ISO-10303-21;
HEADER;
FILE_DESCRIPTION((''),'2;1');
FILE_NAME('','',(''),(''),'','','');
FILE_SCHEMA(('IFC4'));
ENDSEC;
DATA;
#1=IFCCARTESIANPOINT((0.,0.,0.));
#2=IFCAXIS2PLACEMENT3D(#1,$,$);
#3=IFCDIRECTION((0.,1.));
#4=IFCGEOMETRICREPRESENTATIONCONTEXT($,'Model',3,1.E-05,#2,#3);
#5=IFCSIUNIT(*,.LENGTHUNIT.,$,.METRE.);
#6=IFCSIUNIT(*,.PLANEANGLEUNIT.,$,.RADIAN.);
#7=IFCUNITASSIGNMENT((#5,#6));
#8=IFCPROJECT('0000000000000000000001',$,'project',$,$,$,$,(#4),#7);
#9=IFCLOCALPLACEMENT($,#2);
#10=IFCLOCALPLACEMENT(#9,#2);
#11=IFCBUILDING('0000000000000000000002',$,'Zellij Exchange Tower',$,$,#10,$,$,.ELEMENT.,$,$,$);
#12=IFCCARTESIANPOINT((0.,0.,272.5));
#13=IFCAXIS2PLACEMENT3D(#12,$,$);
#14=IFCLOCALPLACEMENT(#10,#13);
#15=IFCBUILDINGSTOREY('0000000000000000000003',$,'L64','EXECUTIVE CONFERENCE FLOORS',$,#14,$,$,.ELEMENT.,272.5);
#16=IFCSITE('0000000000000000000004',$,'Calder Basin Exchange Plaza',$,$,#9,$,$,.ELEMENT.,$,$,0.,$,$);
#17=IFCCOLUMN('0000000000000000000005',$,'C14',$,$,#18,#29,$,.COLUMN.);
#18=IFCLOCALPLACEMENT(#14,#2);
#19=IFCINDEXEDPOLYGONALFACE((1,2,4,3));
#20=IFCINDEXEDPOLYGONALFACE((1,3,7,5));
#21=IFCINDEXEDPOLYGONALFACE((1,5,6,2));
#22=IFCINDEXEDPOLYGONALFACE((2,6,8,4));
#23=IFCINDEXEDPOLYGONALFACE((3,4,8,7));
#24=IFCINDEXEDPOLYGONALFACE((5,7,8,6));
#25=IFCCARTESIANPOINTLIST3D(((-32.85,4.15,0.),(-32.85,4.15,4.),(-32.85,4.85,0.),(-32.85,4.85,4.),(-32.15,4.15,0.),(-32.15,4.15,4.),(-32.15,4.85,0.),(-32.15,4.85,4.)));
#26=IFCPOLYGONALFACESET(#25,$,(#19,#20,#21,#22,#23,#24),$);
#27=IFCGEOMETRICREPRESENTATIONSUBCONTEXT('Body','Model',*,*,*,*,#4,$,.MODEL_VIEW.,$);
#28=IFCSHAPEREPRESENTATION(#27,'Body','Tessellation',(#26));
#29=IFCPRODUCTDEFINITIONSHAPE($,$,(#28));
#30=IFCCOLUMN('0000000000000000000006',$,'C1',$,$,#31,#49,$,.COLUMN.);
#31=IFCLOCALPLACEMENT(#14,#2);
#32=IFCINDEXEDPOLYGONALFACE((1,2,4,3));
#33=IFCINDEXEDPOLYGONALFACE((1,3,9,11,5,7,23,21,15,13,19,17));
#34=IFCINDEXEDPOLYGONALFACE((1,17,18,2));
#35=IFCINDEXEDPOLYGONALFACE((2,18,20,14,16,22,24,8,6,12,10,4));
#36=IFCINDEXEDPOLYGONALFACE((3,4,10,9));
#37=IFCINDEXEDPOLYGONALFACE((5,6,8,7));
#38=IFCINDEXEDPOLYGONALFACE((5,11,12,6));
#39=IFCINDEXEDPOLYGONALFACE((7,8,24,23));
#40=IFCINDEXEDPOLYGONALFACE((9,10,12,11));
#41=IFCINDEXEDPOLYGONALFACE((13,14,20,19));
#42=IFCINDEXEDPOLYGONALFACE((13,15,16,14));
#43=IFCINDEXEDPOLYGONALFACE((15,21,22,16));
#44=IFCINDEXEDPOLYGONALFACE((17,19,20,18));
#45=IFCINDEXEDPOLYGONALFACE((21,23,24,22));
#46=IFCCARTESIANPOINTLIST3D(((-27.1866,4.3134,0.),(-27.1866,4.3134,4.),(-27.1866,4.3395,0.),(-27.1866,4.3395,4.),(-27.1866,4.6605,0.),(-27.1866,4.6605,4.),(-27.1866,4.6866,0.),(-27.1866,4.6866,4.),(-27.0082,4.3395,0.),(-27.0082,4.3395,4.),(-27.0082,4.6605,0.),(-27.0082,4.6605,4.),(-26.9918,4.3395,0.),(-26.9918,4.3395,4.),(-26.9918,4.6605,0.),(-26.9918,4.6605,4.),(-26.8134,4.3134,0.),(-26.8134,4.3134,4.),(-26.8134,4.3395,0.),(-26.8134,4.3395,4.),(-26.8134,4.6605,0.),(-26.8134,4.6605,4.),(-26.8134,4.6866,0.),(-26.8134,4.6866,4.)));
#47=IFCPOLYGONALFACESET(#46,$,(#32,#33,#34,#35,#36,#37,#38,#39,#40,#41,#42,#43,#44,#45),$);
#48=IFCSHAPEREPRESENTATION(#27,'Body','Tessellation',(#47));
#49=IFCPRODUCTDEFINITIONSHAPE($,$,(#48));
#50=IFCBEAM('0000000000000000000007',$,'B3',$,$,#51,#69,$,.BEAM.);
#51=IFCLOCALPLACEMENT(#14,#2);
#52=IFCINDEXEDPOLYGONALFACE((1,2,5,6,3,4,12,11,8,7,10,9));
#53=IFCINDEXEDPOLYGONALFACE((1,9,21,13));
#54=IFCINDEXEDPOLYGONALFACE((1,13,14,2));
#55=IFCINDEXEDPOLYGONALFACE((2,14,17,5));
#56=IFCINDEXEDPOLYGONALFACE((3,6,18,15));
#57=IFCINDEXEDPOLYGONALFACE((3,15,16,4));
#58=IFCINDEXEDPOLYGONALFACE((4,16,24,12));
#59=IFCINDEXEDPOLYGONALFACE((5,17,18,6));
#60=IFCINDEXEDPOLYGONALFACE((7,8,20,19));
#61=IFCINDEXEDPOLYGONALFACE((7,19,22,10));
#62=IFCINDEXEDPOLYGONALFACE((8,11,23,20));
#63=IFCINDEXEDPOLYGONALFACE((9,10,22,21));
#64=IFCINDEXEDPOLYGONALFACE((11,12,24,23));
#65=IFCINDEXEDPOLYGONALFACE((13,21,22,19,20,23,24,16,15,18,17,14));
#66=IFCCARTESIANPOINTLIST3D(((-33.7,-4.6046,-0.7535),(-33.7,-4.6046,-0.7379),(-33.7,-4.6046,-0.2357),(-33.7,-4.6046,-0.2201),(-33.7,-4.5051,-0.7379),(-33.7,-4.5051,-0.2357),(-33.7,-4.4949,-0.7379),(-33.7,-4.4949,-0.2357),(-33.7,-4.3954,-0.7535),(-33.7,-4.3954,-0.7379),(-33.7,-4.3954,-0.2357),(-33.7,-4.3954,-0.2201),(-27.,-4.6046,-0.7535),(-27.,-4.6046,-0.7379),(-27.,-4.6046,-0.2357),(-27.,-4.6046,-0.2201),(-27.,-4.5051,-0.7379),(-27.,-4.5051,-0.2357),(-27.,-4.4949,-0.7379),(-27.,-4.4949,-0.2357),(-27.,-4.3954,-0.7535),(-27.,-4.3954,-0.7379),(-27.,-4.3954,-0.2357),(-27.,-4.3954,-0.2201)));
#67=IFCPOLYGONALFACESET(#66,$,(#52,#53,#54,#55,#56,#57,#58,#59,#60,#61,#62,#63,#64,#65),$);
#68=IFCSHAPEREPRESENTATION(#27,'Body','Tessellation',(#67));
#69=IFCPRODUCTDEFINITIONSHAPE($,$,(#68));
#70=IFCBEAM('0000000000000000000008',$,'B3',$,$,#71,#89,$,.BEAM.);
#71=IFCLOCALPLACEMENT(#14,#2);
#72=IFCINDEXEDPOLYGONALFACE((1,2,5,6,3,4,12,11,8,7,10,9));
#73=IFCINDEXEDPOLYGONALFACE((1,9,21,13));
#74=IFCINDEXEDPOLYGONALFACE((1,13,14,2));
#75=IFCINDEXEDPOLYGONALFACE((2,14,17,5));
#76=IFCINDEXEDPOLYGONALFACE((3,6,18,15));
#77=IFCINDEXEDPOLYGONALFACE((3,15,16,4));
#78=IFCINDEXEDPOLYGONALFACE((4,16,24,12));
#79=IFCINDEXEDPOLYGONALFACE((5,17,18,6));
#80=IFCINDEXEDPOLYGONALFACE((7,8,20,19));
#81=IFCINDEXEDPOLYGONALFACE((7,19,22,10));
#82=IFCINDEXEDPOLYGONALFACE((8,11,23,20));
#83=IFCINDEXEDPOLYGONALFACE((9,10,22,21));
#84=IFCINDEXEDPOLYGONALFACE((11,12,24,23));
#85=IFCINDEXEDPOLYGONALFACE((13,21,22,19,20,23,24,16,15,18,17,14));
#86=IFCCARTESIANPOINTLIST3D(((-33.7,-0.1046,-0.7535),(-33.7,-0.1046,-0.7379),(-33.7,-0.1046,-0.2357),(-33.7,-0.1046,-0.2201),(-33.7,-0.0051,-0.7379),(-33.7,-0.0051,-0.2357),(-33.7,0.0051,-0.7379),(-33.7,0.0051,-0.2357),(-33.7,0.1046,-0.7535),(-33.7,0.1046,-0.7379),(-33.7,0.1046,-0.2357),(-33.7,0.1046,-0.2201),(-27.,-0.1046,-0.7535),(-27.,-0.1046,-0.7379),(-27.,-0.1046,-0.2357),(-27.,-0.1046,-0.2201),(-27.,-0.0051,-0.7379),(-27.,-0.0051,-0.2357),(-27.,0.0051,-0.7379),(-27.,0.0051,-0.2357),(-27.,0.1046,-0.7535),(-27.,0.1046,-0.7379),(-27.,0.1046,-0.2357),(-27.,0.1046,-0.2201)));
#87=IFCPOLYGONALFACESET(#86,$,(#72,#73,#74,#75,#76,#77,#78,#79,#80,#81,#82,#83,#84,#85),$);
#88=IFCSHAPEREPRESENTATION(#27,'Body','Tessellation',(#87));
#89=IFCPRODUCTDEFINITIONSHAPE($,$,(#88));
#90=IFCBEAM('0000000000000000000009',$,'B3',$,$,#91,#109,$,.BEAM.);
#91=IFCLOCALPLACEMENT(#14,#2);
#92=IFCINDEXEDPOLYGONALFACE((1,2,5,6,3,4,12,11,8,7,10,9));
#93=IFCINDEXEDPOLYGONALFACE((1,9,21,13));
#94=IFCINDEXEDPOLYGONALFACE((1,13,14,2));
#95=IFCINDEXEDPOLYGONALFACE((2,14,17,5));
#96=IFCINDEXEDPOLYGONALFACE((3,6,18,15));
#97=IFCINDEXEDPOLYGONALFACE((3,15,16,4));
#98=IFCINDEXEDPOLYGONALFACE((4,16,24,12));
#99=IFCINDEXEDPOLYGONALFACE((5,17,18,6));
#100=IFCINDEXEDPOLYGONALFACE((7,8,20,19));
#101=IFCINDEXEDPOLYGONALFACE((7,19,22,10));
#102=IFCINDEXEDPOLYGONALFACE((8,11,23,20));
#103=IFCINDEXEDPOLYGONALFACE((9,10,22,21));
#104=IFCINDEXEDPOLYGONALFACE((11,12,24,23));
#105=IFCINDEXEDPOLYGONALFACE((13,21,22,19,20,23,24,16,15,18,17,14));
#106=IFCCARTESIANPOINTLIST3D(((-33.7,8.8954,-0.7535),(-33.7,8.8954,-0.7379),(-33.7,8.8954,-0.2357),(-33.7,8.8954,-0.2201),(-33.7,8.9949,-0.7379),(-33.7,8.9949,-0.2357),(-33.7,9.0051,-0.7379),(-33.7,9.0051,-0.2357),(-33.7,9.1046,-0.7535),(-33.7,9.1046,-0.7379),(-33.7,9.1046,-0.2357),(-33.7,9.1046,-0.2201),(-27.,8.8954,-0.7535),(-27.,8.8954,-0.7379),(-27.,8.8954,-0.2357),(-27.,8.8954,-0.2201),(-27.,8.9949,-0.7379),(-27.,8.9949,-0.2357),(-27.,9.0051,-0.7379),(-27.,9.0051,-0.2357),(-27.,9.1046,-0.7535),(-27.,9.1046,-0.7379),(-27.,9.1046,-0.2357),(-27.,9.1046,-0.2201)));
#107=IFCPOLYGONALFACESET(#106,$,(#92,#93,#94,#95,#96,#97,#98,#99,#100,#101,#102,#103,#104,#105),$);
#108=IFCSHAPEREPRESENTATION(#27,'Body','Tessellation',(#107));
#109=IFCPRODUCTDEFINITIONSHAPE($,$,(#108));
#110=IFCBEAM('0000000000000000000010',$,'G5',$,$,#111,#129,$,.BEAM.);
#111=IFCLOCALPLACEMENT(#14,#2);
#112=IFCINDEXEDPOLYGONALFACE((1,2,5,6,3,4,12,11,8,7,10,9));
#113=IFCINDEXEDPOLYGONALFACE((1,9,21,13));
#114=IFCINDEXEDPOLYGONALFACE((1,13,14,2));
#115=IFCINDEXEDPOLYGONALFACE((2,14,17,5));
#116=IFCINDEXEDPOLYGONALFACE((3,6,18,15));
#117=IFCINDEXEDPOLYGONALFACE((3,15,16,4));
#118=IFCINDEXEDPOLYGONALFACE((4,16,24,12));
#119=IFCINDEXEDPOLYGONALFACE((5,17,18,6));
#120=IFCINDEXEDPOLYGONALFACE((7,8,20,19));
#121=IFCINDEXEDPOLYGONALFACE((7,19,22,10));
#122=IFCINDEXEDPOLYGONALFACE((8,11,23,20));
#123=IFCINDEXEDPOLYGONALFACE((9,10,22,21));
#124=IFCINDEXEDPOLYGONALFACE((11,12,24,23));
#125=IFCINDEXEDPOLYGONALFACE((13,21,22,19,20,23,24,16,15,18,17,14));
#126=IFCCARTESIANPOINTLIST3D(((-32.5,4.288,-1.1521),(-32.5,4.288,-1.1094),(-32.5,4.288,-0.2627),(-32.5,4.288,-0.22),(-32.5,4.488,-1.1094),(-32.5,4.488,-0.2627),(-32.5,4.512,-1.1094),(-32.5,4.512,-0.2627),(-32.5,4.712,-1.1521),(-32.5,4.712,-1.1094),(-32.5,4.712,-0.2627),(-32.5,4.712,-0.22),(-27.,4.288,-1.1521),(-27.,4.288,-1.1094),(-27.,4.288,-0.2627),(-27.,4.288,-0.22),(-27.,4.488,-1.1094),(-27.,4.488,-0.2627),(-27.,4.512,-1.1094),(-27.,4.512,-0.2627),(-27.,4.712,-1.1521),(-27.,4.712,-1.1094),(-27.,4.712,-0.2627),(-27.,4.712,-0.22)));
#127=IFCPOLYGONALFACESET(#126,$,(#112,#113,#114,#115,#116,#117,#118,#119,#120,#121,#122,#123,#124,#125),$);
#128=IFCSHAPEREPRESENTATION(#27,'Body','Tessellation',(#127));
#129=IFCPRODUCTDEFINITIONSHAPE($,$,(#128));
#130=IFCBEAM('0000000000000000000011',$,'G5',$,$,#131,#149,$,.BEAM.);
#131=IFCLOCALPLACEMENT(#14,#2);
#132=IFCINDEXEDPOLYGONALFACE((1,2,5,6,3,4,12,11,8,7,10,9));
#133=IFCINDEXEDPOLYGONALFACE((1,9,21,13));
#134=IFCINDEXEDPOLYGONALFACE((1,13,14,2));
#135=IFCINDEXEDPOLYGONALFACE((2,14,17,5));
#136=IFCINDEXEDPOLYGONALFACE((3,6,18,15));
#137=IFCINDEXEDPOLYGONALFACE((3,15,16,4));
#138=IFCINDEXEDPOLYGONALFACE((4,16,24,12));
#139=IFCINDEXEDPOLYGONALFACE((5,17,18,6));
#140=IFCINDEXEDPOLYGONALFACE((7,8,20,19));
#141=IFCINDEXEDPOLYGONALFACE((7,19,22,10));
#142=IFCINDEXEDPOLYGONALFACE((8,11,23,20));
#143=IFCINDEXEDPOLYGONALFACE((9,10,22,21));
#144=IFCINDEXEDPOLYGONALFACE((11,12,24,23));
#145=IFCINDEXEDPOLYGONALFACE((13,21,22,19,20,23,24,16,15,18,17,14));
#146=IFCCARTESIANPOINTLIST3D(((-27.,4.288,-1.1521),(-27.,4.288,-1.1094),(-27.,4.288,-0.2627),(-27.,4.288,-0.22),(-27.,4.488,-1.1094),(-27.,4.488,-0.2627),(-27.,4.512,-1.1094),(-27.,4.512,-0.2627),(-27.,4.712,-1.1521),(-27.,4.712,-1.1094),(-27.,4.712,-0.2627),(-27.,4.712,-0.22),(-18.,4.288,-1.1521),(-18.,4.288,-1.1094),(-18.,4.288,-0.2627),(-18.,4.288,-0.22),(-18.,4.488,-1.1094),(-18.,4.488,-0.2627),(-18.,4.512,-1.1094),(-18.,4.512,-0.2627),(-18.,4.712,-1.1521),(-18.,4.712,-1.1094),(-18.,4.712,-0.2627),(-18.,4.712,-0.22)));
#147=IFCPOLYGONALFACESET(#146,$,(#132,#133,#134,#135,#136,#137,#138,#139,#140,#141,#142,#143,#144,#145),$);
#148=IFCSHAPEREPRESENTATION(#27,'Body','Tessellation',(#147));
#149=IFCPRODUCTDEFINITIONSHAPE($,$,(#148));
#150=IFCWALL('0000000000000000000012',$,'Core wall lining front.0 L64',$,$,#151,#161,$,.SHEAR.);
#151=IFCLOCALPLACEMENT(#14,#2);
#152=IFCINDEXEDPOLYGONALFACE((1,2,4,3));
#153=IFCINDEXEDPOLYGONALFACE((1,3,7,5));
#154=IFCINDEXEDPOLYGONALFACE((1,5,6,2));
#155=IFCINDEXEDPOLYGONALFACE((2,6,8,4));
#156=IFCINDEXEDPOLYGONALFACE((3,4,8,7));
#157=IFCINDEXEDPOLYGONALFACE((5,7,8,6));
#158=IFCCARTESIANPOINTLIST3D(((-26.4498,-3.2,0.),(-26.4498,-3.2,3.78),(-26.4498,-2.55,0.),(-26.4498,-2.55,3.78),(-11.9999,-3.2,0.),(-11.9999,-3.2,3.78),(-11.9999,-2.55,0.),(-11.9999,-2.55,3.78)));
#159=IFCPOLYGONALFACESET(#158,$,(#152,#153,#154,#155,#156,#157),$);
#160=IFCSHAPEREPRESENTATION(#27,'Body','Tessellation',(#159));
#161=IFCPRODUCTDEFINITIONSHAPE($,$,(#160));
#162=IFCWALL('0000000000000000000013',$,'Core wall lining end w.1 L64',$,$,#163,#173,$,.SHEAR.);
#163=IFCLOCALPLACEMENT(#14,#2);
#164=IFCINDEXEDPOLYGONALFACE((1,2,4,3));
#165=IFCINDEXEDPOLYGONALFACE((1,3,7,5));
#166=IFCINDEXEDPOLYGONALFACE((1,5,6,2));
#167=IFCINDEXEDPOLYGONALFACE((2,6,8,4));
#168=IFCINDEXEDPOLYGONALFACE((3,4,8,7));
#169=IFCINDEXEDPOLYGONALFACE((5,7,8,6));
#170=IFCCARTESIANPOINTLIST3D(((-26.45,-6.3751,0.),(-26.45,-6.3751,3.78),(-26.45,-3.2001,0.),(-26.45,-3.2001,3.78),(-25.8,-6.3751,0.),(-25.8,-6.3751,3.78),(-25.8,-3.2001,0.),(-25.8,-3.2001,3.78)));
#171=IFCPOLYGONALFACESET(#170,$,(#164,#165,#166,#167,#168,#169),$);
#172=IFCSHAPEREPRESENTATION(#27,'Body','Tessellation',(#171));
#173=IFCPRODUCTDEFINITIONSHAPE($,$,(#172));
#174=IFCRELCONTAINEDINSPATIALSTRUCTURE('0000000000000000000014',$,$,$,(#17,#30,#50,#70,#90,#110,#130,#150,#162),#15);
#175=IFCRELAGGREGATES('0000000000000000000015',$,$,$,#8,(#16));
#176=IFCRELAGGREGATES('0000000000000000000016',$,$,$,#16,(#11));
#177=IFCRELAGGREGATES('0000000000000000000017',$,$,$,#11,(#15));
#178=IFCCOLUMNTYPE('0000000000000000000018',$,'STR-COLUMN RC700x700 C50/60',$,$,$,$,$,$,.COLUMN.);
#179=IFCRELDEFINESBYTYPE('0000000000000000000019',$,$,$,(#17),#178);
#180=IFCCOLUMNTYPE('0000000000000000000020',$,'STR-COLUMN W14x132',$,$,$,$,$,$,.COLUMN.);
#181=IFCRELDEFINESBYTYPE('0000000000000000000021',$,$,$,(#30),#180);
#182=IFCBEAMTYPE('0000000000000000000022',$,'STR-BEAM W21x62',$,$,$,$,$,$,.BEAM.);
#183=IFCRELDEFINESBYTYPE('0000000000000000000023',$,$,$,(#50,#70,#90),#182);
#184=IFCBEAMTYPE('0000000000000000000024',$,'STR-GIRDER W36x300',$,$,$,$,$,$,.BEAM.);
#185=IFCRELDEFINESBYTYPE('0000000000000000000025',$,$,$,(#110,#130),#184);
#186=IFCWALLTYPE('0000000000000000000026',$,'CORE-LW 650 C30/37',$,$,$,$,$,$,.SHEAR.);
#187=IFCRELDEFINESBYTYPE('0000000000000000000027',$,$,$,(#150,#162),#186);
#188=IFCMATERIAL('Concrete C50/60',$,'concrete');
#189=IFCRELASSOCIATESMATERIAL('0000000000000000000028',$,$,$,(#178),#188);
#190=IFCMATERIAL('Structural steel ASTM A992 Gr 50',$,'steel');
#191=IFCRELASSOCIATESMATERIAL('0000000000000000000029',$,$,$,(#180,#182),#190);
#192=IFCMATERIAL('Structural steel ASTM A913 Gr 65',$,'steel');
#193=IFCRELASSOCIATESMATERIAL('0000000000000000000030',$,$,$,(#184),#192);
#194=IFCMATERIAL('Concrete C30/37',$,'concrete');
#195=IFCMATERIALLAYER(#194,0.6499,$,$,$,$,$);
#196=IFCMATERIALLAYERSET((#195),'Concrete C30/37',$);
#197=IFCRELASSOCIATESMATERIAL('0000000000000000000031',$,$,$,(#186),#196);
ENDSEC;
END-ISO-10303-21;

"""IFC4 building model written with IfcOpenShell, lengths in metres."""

from ifc_helpers import new_model, si_unit, direction, frame, frame_2d, origin, origin_2d, place, context, subcontext, project, spatial, rectangle, i_section, extrude, material, layer, layer_set, material_profile, profile_set, type_object, element, save


model = new_model("IFC4")

# Units and contexts
model_context = context("Model", 3, precision=1e-05, world=origin(), true_north=direction((0.0, 1.0)))
body_context = subcontext(model_context, "Body", "Model", "MODEL_VIEW")
ifc_project = project(units=[si_unit("LENGTHUNIT", "METRE"), si_unit("PLANEANGLEUNIT", "RADIAN")], contexts=[model_context])

# Site, building, storey
site_placement = place(None, origin())
site = spatial("IfcSite", under=ifc_project, at=site_placement, Name="Calder Basin Exchange Plaza", CompositionType="ELEMENT", RefElevation=0.0)
building_placement = place(site_placement, origin())
building = spatial("IfcBuilding", under=site, at=building_placement, Name="Zellij Exchange Tower", CompositionType="ELEMENT")
storey_placement = place(building_placement, frame((0.0, 0.0, 272.5)))
storey = spatial("IfcBuildingStorey", under=building, at=storey_placement, Name="L64", Description="EXECUTIVE CONFERENCE FLOORS", CompositionType="ELEMENT", Elevation=272.5)

# Columns
ifc_material_1 = material(Name="Concrete C50/60", Category="concrete")
ifc_material_profile_1 = material_profile(ifc_material_1, rectangle(XDim=0.7, YDim=0.7, at=origin_2d()), Name="STR-COLUMN RC700x700 C50/60")
ifc_profile_set_1 = profile_set([ifc_material_profile_1], Name="Concrete C50/60")
column_type_1 = type_object("IfcColumnType", Name="STR-COLUMN RC700x700 C50/60", PredefinedType="COLUMN", material=ifc_profile_set_1)
column_1_placement = place(storey_placement, frame((-32.5, 4.5, 0.0), z_axis=(0.0, 0.0, 1.0), x_axis=(1.0, 0.0, 0.0)))
element("IfcColumn", 1, at=column_1_placement, inside=storey, type_object=column_type_1, Name="C14", PredefinedType="COLUMN", context=body_context, shape_type="SweptSolid", body=[
    extrude(rectangle(XDim=0.7, YDim=0.7, at=origin_2d()), origin(), (0.0, 0.0, 1.0), 4.0),
])
ifc_material_2 = material(Name="Structural steel ASTM A992 Gr 50", Category="steel")
ifc_material_profile_2 = material_profile(ifc_material_2, i_section(OverallWidth=0.3733, OverallDepth=0.3733, WebThickness=0.0164, FlangeThickness=0.0261, at=origin_2d()), Name="W14x132")
ifc_profile_set_2 = profile_set([ifc_material_profile_2], Name="Structural steel ASTM A992 Gr 50")
column_type_2 = type_object("IfcColumnType", Name="STR-COLUMN W14x132", PredefinedType="COLUMN", material=ifc_profile_set_2)
column_2_placement = place(storey_placement, frame((-27.0, 4.5, 0.0), z_axis=(0.0, 0.0, 1.0), x_axis=(1.0, 0.0, 0.0)))
element("IfcColumn", 2, at=column_2_placement, inside=storey, type_object=column_type_2, Name="C1", PredefinedType="COLUMN", context=body_context, shape_type="SweptSolid", body=[
    extrude(i_section(OverallWidth=0.3733, OverallDepth=0.3733, WebThickness=0.0164, FlangeThickness=0.0261, at=origin_2d()), origin(), (0.0, 0.0, 1.0), 4.0),
])

# Beams
ifc_material_profile_3 = material_profile(ifc_material_2, i_section(OverallWidth=0.2092, OverallDepth=0.5334, WebThickness=0.0103, FlangeThickness=0.0156, at=origin_2d()), Name="W21x62")
ifc_profile_set_3 = profile_set([ifc_material_profile_3], Name="Structural steel ASTM A992 Gr 50")
beam_type_1 = type_object("IfcBeamType", Name="STR-BEAM W21x62", PredefinedType="BEAM", material=ifc_profile_set_3)
for number, where, z_axis, x_axis, name in (
    (3, (-33.7, -4.5, -0.4868), (1.0, 0.0, 0.0), (0.0, 1.0, 0.0), "B3"),
    (4, (-33.7, 0.0, -0.4868), (1.0, 0.0, 0.0), (0.0, 1.0, 0.0), "B3"),
    (5, (-33.7, 9.0, -0.4868), (1.0, 0.0, 0.0), (0.0, 1.0, 0.0), "B3"),
):
    element("IfcBeam", number, at=place(storey_placement, frame(where, z_axis=z_axis, x_axis=x_axis)), inside=storey, type_object=beam_type_1, Name=name, PredefinedType="BEAM", context=body_context, shape_type="SweptSolid", body=[
        extrude(i_section(OverallWidth=0.2092, OverallDepth=0.5334, WebThickness=0.0103, FlangeThickness=0.0156, at=origin_2d()), origin(), (0.0, 0.0, 1.0), 6.7),
    ])
ifc_material_3 = material(Name="Structural steel ASTM A913 Gr 65", Category="steel")
ifc_material_profile_4 = material_profile(ifc_material_3, i_section(OverallWidth=0.4241, OverallDepth=0.9321, WebThickness=0.0239, FlangeThickness=0.0427, at=origin_2d()), Name="W36x300")
ifc_profile_set_4 = profile_set([ifc_material_profile_4], Name="Structural steel ASTM A913 Gr 65")
beam_type_2 = type_object("IfcBeamType", Name="STR-GIRDER W36x300", PredefinedType="BEAM", material=ifc_profile_set_4)
beam_1_placement = place(storey_placement, frame((-32.5, 4.5, -0.686), z_axis=(1.0, 0.0, 0.0), x_axis=(0.0, 1.0, 0.0)))
element("IfcBeam", 6, at=beam_1_placement, inside=storey, type_object=beam_type_2, Name="G5", PredefinedType="BEAM", context=body_context, shape_type="SweptSolid", body=[
    extrude(i_section(OverallWidth=0.4241, OverallDepth=0.9321, WebThickness=0.0239, FlangeThickness=0.0427, at=origin_2d()), origin(), (0.0, 0.0, 1.0), 5.5),
])
beam_2_placement = place(storey_placement, frame((-27.0, 4.5, -0.686), z_axis=(1.0, 0.0, 0.0), x_axis=(0.0, 1.0, 0.0)))
element("IfcBeam", 7, at=beam_2_placement, inside=storey, type_object=beam_type_2, Name="G5", PredefinedType="BEAM", context=body_context, shape_type="SweptSolid", body=[
    extrude(i_section(OverallWidth=0.4241, OverallDepth=0.9321, WebThickness=0.0239, FlangeThickness=0.0427, at=origin_2d()), origin(), (0.0, 0.0, 1.0), 9.0),
])

# Walls
ifc_material_4 = material(Name="Concrete C30/37", Category="concrete")
ifc_layer_1 = layer(ifc_material_4, 0.6499)
ifc_layer_set_1 = layer_set([ifc_layer_1], Name="Concrete C30/37")
wall_type_1 = type_object("IfcWallType", Name="CORE-LW 650 C30/37", PredefinedType="SHEAR", material=ifc_layer_set_1)
wall_1_placement = place(storey_placement, frame((-26.45, -2.875, 0.0), z_axis=(0.0, 0.0, 1.0), x_axis=(1.0, 0.0, 0.0)))
element("IfcWall", 8, at=wall_1_placement, inside=storey, type_object=wall_type_1, Name="Core wall lining front.0 L64", PredefinedType="SHEAR", context=body_context, shape_type="SweptSolid", body=[
    extrude(rectangle(XDim=14.45, YDim=0.6499, at=frame_2d((7.2251, 0.0))), origin(), (0.0, 0.0, 1.0), 3.78),
])
wall_2_placement = place(storey_placement, frame((-26.125, -6.375, 0.0), z_axis=(0.0, 0.0, 1.0), x_axis=(0.0, 1.0, 0.0)))
element("IfcWall", 9, at=wall_2_placement, inside=storey, type_object=wall_type_1, Name="Core wall lining end w.1 L64", PredefinedType="SHEAR", context=body_context, shape_type="SweptSolid", body=[
    extrude(rectangle(XDim=3.175, YDim=0.6499, at=frame_2d((1.5874, 0.0))), origin(), (0.0, 0.0, 1.0), 3.78),
])

save(model, "model.ifc")
